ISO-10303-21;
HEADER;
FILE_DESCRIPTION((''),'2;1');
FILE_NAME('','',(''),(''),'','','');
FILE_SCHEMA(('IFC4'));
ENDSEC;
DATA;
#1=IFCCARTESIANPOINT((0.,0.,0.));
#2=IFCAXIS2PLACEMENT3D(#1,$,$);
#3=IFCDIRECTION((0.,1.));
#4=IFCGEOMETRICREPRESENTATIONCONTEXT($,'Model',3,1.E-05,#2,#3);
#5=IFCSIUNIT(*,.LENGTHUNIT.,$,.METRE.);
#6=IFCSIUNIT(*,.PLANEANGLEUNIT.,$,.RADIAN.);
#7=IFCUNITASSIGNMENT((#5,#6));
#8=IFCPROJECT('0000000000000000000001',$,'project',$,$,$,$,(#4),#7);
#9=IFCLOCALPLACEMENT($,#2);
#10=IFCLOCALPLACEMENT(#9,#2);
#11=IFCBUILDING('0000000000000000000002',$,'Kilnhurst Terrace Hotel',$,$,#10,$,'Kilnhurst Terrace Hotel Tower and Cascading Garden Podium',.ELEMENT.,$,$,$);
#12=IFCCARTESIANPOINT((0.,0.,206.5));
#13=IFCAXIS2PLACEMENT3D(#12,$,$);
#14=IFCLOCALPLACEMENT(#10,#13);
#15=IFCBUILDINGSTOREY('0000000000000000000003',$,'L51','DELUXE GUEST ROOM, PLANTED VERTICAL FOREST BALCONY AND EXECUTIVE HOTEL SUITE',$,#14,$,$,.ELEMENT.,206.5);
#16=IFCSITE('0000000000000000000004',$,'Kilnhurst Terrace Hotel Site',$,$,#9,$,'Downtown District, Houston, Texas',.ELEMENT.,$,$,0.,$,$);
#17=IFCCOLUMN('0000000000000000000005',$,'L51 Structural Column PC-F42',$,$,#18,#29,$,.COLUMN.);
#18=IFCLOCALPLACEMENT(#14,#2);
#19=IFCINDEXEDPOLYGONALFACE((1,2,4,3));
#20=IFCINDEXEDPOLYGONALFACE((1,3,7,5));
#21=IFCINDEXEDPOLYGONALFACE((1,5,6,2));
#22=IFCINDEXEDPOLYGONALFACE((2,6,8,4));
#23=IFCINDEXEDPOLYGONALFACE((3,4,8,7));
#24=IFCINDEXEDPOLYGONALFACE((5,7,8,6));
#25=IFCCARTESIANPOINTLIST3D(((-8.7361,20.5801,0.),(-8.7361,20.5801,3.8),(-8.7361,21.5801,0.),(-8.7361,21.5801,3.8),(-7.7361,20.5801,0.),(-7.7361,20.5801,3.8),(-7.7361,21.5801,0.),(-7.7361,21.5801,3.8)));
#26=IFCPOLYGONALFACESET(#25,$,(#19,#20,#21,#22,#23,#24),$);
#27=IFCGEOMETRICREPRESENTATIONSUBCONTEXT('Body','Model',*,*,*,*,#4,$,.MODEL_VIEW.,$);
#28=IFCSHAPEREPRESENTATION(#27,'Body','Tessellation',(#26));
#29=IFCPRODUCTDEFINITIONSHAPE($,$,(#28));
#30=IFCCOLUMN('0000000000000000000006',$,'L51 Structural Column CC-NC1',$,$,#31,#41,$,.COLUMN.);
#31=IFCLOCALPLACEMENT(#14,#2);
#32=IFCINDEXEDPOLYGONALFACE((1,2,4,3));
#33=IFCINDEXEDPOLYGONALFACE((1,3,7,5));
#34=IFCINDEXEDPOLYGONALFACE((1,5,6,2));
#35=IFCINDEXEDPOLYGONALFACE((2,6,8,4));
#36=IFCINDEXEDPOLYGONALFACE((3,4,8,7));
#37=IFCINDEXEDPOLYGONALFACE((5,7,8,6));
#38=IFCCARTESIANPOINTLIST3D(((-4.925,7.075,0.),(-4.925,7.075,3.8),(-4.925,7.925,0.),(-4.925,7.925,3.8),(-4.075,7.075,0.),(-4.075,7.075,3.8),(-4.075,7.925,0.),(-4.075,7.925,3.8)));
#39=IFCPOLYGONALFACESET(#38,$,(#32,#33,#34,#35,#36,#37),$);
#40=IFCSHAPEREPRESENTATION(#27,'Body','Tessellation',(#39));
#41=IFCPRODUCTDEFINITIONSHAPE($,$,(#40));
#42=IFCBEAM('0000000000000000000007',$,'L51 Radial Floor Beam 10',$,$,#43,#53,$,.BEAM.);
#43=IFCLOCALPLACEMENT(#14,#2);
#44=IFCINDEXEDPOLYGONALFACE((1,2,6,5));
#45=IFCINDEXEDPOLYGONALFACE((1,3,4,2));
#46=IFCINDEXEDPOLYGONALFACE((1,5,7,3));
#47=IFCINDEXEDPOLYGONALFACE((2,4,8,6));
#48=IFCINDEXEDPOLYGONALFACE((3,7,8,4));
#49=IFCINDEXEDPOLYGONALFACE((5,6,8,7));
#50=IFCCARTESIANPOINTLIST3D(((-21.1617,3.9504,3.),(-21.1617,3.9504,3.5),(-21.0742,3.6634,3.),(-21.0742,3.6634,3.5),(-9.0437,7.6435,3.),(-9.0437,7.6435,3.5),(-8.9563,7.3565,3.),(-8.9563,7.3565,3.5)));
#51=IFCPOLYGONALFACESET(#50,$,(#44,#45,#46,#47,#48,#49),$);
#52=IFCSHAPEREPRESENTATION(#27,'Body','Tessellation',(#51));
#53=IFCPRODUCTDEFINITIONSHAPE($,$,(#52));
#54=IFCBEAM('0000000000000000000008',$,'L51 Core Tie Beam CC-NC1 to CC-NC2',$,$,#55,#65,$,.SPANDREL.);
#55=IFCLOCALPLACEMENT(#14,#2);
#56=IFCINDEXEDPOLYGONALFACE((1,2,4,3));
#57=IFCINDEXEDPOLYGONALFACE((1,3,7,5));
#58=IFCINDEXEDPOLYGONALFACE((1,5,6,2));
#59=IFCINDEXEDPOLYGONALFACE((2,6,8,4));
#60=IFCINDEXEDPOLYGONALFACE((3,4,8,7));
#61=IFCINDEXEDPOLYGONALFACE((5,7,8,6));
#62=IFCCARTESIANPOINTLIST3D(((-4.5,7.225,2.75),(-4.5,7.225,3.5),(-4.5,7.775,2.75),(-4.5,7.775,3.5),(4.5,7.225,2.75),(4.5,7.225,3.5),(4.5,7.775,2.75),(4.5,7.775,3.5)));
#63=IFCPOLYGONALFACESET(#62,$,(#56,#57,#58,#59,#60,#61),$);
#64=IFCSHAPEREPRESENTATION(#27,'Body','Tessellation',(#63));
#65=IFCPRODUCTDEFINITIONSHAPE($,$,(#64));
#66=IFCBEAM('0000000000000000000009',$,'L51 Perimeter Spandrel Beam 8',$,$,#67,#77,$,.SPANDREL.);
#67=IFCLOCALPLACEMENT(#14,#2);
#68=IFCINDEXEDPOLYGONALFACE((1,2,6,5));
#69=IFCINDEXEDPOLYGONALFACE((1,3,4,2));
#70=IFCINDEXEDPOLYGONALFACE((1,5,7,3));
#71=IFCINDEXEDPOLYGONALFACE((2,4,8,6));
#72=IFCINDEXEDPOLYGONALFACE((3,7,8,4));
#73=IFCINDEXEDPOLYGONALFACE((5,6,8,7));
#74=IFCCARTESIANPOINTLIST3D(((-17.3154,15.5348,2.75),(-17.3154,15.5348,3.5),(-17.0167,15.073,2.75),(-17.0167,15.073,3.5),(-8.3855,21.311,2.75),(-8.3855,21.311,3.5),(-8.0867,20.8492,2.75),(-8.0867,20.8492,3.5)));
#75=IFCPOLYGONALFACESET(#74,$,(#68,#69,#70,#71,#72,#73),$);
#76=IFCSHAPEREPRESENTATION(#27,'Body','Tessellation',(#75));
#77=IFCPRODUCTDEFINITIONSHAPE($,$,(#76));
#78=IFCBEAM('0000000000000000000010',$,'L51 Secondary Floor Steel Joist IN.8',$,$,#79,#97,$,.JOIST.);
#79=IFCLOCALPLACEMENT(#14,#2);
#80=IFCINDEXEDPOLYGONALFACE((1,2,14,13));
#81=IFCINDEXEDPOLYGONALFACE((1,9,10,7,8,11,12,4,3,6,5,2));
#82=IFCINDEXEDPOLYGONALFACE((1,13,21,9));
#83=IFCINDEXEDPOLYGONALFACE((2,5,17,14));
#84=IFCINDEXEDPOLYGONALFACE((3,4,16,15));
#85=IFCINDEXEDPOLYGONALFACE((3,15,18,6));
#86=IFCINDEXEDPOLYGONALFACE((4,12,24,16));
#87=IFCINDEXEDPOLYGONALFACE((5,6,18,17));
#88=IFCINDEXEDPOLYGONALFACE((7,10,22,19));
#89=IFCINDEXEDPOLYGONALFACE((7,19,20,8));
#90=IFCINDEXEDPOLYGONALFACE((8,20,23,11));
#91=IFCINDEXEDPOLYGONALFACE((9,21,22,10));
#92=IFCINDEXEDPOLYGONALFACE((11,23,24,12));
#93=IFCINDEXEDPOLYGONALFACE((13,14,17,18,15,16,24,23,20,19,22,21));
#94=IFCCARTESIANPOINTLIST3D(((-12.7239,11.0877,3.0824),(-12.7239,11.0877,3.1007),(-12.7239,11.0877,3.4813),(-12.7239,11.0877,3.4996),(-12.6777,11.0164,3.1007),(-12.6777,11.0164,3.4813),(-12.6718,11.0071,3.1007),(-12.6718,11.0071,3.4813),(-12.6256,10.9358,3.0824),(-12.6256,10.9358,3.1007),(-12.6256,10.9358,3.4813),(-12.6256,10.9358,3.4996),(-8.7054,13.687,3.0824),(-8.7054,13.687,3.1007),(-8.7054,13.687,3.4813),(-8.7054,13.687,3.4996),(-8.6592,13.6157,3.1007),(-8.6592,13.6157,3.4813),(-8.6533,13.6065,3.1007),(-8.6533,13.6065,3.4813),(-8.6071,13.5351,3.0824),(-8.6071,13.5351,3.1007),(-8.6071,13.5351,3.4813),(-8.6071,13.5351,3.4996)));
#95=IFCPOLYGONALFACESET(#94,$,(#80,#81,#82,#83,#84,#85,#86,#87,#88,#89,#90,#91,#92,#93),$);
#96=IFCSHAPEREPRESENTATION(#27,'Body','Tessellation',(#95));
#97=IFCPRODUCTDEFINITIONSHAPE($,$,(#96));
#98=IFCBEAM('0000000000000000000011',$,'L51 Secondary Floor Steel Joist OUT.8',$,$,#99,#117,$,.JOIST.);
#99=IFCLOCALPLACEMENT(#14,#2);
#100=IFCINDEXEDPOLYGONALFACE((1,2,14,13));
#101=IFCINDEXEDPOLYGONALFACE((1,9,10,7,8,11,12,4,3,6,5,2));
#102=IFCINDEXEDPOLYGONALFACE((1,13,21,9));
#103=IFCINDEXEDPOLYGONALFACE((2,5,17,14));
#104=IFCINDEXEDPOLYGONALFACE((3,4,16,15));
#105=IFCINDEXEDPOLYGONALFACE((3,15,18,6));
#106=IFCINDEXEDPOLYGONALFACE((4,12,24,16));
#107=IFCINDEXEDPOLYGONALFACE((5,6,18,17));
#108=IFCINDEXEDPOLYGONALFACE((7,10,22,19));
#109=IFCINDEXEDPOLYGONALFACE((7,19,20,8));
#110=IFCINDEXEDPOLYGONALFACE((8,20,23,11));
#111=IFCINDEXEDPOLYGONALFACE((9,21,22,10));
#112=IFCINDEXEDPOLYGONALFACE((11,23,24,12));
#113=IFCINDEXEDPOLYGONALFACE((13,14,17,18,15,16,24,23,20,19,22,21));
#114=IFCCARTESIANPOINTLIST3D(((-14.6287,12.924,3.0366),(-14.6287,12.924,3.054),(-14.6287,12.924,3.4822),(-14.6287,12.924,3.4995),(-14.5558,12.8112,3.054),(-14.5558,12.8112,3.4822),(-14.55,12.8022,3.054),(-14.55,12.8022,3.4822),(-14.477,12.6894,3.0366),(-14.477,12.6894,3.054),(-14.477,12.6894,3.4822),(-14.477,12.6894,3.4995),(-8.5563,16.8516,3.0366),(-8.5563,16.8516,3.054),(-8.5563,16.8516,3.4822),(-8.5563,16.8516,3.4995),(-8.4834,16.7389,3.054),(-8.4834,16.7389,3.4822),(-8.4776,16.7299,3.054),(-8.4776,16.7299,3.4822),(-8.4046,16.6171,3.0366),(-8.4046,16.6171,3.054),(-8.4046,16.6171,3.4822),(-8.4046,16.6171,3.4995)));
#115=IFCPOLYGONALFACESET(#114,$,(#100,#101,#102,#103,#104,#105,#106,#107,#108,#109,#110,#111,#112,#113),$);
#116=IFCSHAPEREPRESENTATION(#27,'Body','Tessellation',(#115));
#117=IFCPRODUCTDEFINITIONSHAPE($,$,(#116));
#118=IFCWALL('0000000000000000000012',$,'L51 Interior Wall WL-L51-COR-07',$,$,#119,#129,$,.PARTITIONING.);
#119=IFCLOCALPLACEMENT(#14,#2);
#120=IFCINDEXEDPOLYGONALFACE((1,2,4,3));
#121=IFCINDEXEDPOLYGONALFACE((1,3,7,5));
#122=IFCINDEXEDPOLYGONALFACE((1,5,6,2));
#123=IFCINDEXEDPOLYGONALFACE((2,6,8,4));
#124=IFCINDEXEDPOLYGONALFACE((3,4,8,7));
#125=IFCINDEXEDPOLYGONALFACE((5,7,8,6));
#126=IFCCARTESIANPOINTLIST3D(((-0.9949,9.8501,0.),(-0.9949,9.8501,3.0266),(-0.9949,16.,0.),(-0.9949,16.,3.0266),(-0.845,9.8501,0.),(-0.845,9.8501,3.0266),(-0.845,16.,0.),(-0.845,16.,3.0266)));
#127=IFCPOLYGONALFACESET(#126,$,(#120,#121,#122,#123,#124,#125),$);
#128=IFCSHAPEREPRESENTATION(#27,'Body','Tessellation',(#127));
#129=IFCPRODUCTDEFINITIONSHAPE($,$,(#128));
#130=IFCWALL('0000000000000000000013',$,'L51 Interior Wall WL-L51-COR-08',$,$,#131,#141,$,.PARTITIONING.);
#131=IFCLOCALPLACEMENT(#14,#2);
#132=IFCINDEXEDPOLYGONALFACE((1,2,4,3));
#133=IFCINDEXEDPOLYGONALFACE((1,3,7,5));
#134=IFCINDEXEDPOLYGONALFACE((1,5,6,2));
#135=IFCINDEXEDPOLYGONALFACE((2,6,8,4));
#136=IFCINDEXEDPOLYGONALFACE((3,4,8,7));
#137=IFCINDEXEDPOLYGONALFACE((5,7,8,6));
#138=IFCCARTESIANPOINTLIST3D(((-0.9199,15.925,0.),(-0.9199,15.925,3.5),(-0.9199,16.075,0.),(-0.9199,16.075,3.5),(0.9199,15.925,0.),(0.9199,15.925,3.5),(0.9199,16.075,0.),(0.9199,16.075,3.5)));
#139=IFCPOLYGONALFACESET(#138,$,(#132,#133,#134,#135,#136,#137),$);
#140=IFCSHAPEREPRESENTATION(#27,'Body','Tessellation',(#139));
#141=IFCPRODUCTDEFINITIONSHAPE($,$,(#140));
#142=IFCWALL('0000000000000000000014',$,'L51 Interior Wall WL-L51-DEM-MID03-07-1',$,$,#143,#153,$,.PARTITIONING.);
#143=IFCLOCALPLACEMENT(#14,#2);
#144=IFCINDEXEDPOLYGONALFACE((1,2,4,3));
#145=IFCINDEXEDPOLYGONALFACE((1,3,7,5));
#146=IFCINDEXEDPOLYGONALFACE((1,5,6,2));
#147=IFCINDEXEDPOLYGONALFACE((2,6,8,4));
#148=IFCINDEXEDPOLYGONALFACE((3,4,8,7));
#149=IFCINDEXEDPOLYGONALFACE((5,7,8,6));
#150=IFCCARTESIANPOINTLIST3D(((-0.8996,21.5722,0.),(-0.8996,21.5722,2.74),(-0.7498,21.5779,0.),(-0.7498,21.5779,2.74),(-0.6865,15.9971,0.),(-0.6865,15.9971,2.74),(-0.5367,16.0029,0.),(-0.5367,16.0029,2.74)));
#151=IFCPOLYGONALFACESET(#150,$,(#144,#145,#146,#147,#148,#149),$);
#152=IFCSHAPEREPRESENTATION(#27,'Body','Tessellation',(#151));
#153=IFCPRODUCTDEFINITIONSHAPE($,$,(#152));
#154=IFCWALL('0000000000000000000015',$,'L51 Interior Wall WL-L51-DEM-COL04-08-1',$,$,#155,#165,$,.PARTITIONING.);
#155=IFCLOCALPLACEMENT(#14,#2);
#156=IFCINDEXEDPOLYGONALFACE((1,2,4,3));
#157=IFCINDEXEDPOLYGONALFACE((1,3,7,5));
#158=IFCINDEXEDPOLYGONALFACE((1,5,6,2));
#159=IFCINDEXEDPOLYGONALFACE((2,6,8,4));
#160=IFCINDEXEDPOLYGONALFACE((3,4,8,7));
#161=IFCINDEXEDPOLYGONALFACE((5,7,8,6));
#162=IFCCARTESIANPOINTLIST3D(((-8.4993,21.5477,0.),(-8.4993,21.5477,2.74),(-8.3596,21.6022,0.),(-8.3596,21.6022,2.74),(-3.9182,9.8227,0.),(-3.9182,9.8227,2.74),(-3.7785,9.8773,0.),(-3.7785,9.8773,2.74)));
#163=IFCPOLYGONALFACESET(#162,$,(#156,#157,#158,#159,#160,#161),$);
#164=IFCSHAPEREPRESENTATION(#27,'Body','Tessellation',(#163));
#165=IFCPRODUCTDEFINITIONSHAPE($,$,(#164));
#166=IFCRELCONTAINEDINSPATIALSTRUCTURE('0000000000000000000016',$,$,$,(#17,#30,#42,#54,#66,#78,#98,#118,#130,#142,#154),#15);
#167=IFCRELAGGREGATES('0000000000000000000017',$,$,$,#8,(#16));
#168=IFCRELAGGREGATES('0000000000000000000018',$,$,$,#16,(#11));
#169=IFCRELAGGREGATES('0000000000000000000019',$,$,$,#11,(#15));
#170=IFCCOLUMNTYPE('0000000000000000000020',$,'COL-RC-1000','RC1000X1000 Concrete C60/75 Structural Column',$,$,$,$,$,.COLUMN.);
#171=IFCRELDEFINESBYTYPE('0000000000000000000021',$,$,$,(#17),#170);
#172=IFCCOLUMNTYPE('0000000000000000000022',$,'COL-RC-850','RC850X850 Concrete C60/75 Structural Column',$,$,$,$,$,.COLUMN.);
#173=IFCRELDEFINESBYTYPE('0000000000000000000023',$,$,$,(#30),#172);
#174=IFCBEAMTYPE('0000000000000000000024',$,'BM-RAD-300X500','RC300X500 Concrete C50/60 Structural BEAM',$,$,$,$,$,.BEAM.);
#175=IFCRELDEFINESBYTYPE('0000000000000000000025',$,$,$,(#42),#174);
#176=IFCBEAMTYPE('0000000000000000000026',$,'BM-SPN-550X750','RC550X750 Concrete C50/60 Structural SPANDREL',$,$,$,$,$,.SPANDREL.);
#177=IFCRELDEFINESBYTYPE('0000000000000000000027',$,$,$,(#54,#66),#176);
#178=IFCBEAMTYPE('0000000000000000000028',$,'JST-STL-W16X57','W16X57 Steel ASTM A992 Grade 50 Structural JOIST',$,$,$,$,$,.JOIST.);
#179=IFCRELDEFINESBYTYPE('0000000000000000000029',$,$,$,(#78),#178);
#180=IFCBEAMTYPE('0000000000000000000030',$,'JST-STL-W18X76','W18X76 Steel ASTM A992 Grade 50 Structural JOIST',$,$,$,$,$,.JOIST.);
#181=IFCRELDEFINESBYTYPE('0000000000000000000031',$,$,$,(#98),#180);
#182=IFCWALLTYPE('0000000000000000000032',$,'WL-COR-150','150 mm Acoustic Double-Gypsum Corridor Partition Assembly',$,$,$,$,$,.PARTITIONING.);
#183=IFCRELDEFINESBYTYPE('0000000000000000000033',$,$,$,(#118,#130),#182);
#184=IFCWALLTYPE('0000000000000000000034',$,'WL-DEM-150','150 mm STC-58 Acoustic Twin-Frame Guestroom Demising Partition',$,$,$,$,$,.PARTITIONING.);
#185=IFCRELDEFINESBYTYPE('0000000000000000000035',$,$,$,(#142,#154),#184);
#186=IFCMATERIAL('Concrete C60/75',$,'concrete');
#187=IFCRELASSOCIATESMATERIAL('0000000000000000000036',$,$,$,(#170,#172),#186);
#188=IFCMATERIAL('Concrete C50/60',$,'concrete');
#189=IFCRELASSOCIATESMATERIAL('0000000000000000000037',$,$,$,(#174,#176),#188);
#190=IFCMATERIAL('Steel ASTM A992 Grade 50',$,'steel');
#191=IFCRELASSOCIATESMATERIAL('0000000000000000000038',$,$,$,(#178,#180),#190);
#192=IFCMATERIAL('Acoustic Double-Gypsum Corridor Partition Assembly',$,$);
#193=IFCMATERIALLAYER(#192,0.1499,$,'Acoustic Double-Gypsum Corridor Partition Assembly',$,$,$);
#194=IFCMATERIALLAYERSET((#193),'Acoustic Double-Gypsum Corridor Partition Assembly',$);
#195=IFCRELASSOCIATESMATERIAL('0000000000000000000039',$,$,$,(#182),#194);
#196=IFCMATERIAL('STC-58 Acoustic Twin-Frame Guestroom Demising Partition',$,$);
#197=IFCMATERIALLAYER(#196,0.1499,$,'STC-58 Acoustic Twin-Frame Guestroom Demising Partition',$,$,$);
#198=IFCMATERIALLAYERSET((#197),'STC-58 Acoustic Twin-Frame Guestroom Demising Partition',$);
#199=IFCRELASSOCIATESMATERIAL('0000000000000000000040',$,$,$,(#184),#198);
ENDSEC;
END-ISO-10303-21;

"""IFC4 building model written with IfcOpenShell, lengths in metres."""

from ifc_helpers import new_model, si_unit, direction, frame, frame_2d, origin, origin_2d, place, context, subcontext, project, spatial, rectangle, i_section, extrude, material, layer, layer_set, material_profile, profile_set, type_object, element, save


model = new_model("IFC4")

# Units and contexts
model_context = context("Model", 3, precision=1e-05, world=origin(), true_north=direction((0.0, 1.0)))
body_context = subcontext(model_context, "Body", "Model", "MODEL_VIEW")
ifc_project = project(units=[si_unit("LENGTHUNIT", "METRE"), si_unit("PLANEANGLEUNIT", "RADIAN")], contexts=[model_context])

# Site, building, storey
site_placement = place(None, origin())
site = spatial("IfcSite", under=ifc_project, at=site_placement, Name="Kilnhurst Terrace Hotel Site", LongName="Downtown District, Houston, Texas", CompositionType="ELEMENT", RefElevation=0.0)
building_placement = place(site_placement, origin())
building = spatial("IfcBuilding", under=site, at=building_placement, Name="Kilnhurst Terrace Hotel", LongName="Kilnhurst Terrace Hotel Tower and Cascading Garden Podium", CompositionType="ELEMENT")
storey_placement = place(building_placement, frame((0.0, 0.0, 206.5)))
storey = spatial("IfcBuildingStorey", under=building, at=storey_placement, Name="L51", Description="DELUXE GUEST ROOM, PLANTED VERTICAL FOREST BALCONY AND EXECUTIVE HOTEL SUITE", CompositionType="ELEMENT", Elevation=206.5)

# Columns
ifc_material_1 = material(Name="Concrete C60/75", Category="concrete")
ifc_material_profile_1 = material_profile(ifc_material_1, rectangle(XDim=1.0, YDim=1.0, at=origin_2d()), Name="RC1000X1000")
ifc_profile_set_1 = profile_set([ifc_material_profile_1], Name="Concrete C60/75")
column_type_1 = type_object("IfcColumnType", Name="COL-RC-1000", Description="RC1000X1000 Concrete C60/75 Structural Column", PredefinedType="COLUMN", material=ifc_profile_set_1)
column_1_placement = place(storey_placement, frame((-8.2361, 21.0801, 0.0), z_axis=(0.0, 0.0, 1.0), x_axis=(1.0, 0.0, 0.0)))
element("IfcColumn", 1, at=column_1_placement, inside=storey, type_object=column_type_1, Name="L51 Structural Column PC-F42", PredefinedType="COLUMN", context=body_context, shape_type="SweptSolid", body=[
    extrude(rectangle(XDim=1.0, YDim=1.0, at=origin_2d()), origin(), (0.0, 0.0, 1.0), 3.8),
])
ifc_material_profile_2 = material_profile(ifc_material_1, rectangle(XDim=0.8501, YDim=0.8501, at=origin_2d()), Name="RC850X850")
ifc_profile_set_2 = profile_set([ifc_material_profile_2], Name="Concrete C60/75")
column_type_2 = type_object("IfcColumnType", Name="COL-RC-850", Description="RC850X850 Concrete C60/75 Structural Column", PredefinedType="COLUMN", material=ifc_profile_set_2)
column_2_placement = place(storey_placement, frame((-4.5, 7.5, 0.0), z_axis=(0.0, 0.0, 1.0), x_axis=(1.0, 0.0, 0.0)))
element("IfcColumn", 2, at=column_2_placement, inside=storey, type_object=column_type_2, Name="L51 Structural Column CC-NC1", PredefinedType="COLUMN", context=body_context, shape_type="SweptSolid", body=[
    extrude(rectangle(XDim=0.8501, YDim=0.8501, at=origin_2d()), origin(), (0.0, 0.0, 1.0), 3.8),
])

# Beams
ifc_material_2 = material(Name="Concrete C50/60", Category="concrete")
ifc_material_profile_3 = material_profile(ifc_material_2, rectangle(XDim=0.3, YDim=0.5, at=origin_2d()), Name="RC300X500")
ifc_profile_set_3 = profile_set([ifc_material_profile_3], Name="Concrete C50/60")
beam_type_1 = type_object("IfcBeamType", Name="BM-RAD-300X500", Description="RC300X500 Concrete C50/60 Structural BEAM", PredefinedType="BEAM", material=ifc_profile_set_3)
beam_1_placement = place(storey_placement, frame((-9.0, 7.5, 3.25), z_axis=(-0.956563, -0.291527, 0.0), x_axis=(0.291527, -0.956563, 0.0)))
element("IfcBeam", 3, at=beam_1_placement, inside=storey, type_object=beam_type_1, Name="L51 Radial Floor Beam 10", PredefinedType="BEAM", context=body_context, shape_type="SweptSolid", body=[
    extrude(rectangle(XDim=0.3, YDim=0.5, at=origin_2d()), origin(), (0.0, 0.0, 1.0), 12.6682),
])
ifc_material_profile_4 = material_profile(ifc_material_2, rectangle(XDim=0.55, YDim=0.75, at=origin_2d()), Name="RC550X750")
ifc_profile_set_4 = profile_set([ifc_material_profile_4], Name="Concrete C50/60")
beam_type_2 = type_object("IfcBeamType", Name="BM-SPN-550X750", Description="RC550X750 Concrete C50/60 Structural SPANDREL", PredefinedType="SPANDREL", material=ifc_profile_set_4)
beam_2_placement = place(storey_placement, frame((-4.5, 7.5, 3.125), z_axis=(1.0, 0.0, 0.0), x_axis=(0.0, 1.0, 0.0)))
element("IfcBeam", 4, at=beam_2_placement, inside=storey, type_object=beam_type_2, Name="L51 Core Tie Beam CC-NC1 to CC-NC2", PredefinedType="SPANDREL", context=body_context, shape_type="SweptSolid", body=[
    extrude(rectangle(XDim=0.55, YDim=0.75, at=origin_2d()), origin(), (0.0, 0.0, 1.0), 9.0),
])
beam_3_placement = place(storey_placement, frame((-8.2361, 21.0801, 3.125), z_axis=(-0.839659, -0.543114, 0.0), x_axis=(0.543114, -0.839659, 0.0)))
element("IfcBeam", 5, at=beam_3_placement, inside=storey, type_object=beam_type_2, Name="L51 Perimeter Spandrel Beam 8", PredefinedType="SPANDREL", context=body_context, shape_type="SweptSolid", body=[
    extrude(rectangle(XDim=0.55, YDim=0.75, at=origin_2d()), origin(), (0.0, 0.0, 1.0), 10.6353),
])
ifc_material_3 = material(Name="Steel ASTM A992 Grade 50", Category="steel")
ifc_material_profile_5 = material_profile(ifc_material_3, i_section(OverallWidth=0.1809, OverallDepth=0.4172, WebThickness=0.011, FlangeThickness=0.0183, at=origin_2d()), Name="W16X57")
ifc_profile_set_5 = profile_set([ifc_material_profile_5], Name="Steel ASTM A992 Grade 50")
beam_type_3 = type_object("IfcBeamType", Name="JST-STL-W16X57", Description="W16X57 Steel ASTM A992 Grade 50 Structural JOIST", PredefinedType="JOIST", material=ifc_profile_set_5)
beam_4_placement = place(storey_placement, frame((-8.6562, 13.6111, 3.291), z_axis=(-0.839654, -0.543122, 0.0), x_axis=(0.543122, -0.839654, 0.0)))
element("IfcBeam", 6, at=beam_4_placement, inside=storey, type_object=beam_type_3, Name="L51 Secondary Floor Steel Joist IN.8", PredefinedType="JOIST", context=body_context, shape_type="SweptSolid", body=[
    extrude(i_section(OverallWidth=0.1809, OverallDepth=0.4172, WebThickness=0.011, FlangeThickness=0.0183, at=origin_2d()), origin(), (0.0, 0.0, 1.0), 4.7859),
])
ifc_material_profile_6 = material_profile(ifc_material_3, i_section(OverallWidth=0.2793, OverallDepth=0.4629, WebThickness=0.0107, FlangeThickness=0.0173, at=origin_2d()), Name="W18X76")
ifc_profile_set_6 = profile_set([ifc_material_profile_6], Name="Steel ASTM A992 Grade 50")
beam_type_4 = type_object("IfcBeamType", Name="JST-STL-W18X76", Description="W18X76 Steel ASTM A992 Grade 50 Structural JOIST", PredefinedType="JOIST", material=ifc_profile_set_6)
beam_5_placement = place(storey_placement, frame((-8.4805, 16.7344, 3.2681), z_axis=(-0.839667, -0.543101, 0.0), x_axis=(0.543101, -0.839667, 0.0)))
element("IfcBeam", 7, at=beam_5_placement, inside=storey, type_object=beam_type_4, Name="L51 Secondary Floor Steel Joist OUT.8", PredefinedType="JOIST", context=body_context, shape_type="SweptSolid", body=[
    extrude(i_section(OverallWidth=0.2793, OverallDepth=0.4629, WebThickness=0.0107, FlangeThickness=0.0173, at=origin_2d()), origin(), (0.0, 0.0, 1.0), 7.2319),
])

# Walls
ifc_material_4 = material(Name="Acoustic Double-Gypsum Corridor Partition Assembly")
ifc_layer_1 = layer(ifc_material_4, 0.1499, Name="Acoustic Double-Gypsum Corridor Partition Assembly")
ifc_layer_set_1 = layer_set([ifc_layer_1], Name="Acoustic Double-Gypsum Corridor Partition Assembly")
wall_type_1 = type_object("IfcWallType", Name="WL-COR-150", Description="150 mm Acoustic Double-Gypsum Corridor Partition Assembly", PredefinedType="PARTITIONING", material=ifc_layer_set_1)
wall_1_placement = place(storey_placement, frame((-0.9199, 9.8501, 0.0), z_axis=(0.0, 0.0, 1.0), x_axis=(0.0, 1.0, 0.0)))
element("IfcWall", 8, at=wall_1_placement, inside=storey, type_object=wall_type_1, Name="L51 Interior Wall WL-L51-COR-07", PredefinedType="PARTITIONING", context=body_context, shape_type="SweptSolid", body=[
    extrude(rectangle(XDim=6.1499, YDim=0.1499, at=frame_2d((3.075, 0.0))), origin(), (0.0, 0.0, 1.0), 3.0266),
])
wall_2_placement = place(storey_placement, frame((-0.9199, 16.0, 0.0), z_axis=(0.0, 0.0, 1.0), x_axis=(1.0, 0.0, 0.0)))
element("IfcWall", 9, at=wall_2_placement, inside=storey, type_object=wall_type_1, Name="L51 Interior Wall WL-L51-COR-08", PredefinedType="PARTITIONING", context=body_context, shape_type="SweptSolid", body=[
    extrude(rectangle(XDim=1.8398, YDim=0.1499, at=frame_2d((0.9199, 0.0))), origin(), (0.0, 0.0, 1.0), 3.5),
])
ifc_material_5 = material(Name="STC-58 Acoustic Twin-Frame Guestroom Demising Partition")
ifc_layer_2 = layer(ifc_material_5, 0.1499, Name="STC-58 Acoustic Twin-Frame Guestroom Demising Partition")
ifc_layer_set_2 = layer_set([ifc_layer_2], Name="STC-58 Acoustic Twin-Frame Guestroom Demising Partition")
wall_type_2 = type_object("IfcWallType", Name="WL-DEM-150", Description="150 mm STC-58 Acoustic Twin-Frame Guestroom Demising Partition", PredefinedType="PARTITIONING", material=ifc_layer_set_2)
wall_3_placement = place(storey_placement, frame((-0.6116, 16.0, 0.0), z_axis=(0.0, 0.0, 1.0), x_axis=(-0.038203, 0.99927, 0.0)))
element("IfcWall", 10, at=wall_3_placement, inside=storey, type_object=wall_type_2, Name="L51 Interior Wall WL-L51-DEM-MID03-07-1", PredefinedType="PARTITIONING", context=body_context, shape_type="SweptSolid", body=[
    extrude(rectangle(XDim=5.5791, YDim=0.1499, at=frame_2d((2.7896, 0.0))), origin(), (0.0, 0.0, 1.0), 2.74),
])
wall_4_placement = place(storey_placement, frame((-3.8484, 9.8501, 0.0), z_axis=(0.0, 0.0, 1.0), x_axis=(-0.363922, 0.93143, 0.0)))
element("IfcWall", 11, at=wall_4_placement, inside=storey, type_object=wall_type_2, Name="L51 Interior Wall WL-L51-DEM-COL04-08-1", PredefinedType="PARTITIONING", context=body_context, shape_type="SweptSolid", body=[
    extrude(rectangle(XDim=12.5881, YDim=0.1499, at=frame_2d((6.2939, 0.0))), origin(), (0.0, 0.0, 1.0), 2.74),
])

save(model, "model.ifc")
